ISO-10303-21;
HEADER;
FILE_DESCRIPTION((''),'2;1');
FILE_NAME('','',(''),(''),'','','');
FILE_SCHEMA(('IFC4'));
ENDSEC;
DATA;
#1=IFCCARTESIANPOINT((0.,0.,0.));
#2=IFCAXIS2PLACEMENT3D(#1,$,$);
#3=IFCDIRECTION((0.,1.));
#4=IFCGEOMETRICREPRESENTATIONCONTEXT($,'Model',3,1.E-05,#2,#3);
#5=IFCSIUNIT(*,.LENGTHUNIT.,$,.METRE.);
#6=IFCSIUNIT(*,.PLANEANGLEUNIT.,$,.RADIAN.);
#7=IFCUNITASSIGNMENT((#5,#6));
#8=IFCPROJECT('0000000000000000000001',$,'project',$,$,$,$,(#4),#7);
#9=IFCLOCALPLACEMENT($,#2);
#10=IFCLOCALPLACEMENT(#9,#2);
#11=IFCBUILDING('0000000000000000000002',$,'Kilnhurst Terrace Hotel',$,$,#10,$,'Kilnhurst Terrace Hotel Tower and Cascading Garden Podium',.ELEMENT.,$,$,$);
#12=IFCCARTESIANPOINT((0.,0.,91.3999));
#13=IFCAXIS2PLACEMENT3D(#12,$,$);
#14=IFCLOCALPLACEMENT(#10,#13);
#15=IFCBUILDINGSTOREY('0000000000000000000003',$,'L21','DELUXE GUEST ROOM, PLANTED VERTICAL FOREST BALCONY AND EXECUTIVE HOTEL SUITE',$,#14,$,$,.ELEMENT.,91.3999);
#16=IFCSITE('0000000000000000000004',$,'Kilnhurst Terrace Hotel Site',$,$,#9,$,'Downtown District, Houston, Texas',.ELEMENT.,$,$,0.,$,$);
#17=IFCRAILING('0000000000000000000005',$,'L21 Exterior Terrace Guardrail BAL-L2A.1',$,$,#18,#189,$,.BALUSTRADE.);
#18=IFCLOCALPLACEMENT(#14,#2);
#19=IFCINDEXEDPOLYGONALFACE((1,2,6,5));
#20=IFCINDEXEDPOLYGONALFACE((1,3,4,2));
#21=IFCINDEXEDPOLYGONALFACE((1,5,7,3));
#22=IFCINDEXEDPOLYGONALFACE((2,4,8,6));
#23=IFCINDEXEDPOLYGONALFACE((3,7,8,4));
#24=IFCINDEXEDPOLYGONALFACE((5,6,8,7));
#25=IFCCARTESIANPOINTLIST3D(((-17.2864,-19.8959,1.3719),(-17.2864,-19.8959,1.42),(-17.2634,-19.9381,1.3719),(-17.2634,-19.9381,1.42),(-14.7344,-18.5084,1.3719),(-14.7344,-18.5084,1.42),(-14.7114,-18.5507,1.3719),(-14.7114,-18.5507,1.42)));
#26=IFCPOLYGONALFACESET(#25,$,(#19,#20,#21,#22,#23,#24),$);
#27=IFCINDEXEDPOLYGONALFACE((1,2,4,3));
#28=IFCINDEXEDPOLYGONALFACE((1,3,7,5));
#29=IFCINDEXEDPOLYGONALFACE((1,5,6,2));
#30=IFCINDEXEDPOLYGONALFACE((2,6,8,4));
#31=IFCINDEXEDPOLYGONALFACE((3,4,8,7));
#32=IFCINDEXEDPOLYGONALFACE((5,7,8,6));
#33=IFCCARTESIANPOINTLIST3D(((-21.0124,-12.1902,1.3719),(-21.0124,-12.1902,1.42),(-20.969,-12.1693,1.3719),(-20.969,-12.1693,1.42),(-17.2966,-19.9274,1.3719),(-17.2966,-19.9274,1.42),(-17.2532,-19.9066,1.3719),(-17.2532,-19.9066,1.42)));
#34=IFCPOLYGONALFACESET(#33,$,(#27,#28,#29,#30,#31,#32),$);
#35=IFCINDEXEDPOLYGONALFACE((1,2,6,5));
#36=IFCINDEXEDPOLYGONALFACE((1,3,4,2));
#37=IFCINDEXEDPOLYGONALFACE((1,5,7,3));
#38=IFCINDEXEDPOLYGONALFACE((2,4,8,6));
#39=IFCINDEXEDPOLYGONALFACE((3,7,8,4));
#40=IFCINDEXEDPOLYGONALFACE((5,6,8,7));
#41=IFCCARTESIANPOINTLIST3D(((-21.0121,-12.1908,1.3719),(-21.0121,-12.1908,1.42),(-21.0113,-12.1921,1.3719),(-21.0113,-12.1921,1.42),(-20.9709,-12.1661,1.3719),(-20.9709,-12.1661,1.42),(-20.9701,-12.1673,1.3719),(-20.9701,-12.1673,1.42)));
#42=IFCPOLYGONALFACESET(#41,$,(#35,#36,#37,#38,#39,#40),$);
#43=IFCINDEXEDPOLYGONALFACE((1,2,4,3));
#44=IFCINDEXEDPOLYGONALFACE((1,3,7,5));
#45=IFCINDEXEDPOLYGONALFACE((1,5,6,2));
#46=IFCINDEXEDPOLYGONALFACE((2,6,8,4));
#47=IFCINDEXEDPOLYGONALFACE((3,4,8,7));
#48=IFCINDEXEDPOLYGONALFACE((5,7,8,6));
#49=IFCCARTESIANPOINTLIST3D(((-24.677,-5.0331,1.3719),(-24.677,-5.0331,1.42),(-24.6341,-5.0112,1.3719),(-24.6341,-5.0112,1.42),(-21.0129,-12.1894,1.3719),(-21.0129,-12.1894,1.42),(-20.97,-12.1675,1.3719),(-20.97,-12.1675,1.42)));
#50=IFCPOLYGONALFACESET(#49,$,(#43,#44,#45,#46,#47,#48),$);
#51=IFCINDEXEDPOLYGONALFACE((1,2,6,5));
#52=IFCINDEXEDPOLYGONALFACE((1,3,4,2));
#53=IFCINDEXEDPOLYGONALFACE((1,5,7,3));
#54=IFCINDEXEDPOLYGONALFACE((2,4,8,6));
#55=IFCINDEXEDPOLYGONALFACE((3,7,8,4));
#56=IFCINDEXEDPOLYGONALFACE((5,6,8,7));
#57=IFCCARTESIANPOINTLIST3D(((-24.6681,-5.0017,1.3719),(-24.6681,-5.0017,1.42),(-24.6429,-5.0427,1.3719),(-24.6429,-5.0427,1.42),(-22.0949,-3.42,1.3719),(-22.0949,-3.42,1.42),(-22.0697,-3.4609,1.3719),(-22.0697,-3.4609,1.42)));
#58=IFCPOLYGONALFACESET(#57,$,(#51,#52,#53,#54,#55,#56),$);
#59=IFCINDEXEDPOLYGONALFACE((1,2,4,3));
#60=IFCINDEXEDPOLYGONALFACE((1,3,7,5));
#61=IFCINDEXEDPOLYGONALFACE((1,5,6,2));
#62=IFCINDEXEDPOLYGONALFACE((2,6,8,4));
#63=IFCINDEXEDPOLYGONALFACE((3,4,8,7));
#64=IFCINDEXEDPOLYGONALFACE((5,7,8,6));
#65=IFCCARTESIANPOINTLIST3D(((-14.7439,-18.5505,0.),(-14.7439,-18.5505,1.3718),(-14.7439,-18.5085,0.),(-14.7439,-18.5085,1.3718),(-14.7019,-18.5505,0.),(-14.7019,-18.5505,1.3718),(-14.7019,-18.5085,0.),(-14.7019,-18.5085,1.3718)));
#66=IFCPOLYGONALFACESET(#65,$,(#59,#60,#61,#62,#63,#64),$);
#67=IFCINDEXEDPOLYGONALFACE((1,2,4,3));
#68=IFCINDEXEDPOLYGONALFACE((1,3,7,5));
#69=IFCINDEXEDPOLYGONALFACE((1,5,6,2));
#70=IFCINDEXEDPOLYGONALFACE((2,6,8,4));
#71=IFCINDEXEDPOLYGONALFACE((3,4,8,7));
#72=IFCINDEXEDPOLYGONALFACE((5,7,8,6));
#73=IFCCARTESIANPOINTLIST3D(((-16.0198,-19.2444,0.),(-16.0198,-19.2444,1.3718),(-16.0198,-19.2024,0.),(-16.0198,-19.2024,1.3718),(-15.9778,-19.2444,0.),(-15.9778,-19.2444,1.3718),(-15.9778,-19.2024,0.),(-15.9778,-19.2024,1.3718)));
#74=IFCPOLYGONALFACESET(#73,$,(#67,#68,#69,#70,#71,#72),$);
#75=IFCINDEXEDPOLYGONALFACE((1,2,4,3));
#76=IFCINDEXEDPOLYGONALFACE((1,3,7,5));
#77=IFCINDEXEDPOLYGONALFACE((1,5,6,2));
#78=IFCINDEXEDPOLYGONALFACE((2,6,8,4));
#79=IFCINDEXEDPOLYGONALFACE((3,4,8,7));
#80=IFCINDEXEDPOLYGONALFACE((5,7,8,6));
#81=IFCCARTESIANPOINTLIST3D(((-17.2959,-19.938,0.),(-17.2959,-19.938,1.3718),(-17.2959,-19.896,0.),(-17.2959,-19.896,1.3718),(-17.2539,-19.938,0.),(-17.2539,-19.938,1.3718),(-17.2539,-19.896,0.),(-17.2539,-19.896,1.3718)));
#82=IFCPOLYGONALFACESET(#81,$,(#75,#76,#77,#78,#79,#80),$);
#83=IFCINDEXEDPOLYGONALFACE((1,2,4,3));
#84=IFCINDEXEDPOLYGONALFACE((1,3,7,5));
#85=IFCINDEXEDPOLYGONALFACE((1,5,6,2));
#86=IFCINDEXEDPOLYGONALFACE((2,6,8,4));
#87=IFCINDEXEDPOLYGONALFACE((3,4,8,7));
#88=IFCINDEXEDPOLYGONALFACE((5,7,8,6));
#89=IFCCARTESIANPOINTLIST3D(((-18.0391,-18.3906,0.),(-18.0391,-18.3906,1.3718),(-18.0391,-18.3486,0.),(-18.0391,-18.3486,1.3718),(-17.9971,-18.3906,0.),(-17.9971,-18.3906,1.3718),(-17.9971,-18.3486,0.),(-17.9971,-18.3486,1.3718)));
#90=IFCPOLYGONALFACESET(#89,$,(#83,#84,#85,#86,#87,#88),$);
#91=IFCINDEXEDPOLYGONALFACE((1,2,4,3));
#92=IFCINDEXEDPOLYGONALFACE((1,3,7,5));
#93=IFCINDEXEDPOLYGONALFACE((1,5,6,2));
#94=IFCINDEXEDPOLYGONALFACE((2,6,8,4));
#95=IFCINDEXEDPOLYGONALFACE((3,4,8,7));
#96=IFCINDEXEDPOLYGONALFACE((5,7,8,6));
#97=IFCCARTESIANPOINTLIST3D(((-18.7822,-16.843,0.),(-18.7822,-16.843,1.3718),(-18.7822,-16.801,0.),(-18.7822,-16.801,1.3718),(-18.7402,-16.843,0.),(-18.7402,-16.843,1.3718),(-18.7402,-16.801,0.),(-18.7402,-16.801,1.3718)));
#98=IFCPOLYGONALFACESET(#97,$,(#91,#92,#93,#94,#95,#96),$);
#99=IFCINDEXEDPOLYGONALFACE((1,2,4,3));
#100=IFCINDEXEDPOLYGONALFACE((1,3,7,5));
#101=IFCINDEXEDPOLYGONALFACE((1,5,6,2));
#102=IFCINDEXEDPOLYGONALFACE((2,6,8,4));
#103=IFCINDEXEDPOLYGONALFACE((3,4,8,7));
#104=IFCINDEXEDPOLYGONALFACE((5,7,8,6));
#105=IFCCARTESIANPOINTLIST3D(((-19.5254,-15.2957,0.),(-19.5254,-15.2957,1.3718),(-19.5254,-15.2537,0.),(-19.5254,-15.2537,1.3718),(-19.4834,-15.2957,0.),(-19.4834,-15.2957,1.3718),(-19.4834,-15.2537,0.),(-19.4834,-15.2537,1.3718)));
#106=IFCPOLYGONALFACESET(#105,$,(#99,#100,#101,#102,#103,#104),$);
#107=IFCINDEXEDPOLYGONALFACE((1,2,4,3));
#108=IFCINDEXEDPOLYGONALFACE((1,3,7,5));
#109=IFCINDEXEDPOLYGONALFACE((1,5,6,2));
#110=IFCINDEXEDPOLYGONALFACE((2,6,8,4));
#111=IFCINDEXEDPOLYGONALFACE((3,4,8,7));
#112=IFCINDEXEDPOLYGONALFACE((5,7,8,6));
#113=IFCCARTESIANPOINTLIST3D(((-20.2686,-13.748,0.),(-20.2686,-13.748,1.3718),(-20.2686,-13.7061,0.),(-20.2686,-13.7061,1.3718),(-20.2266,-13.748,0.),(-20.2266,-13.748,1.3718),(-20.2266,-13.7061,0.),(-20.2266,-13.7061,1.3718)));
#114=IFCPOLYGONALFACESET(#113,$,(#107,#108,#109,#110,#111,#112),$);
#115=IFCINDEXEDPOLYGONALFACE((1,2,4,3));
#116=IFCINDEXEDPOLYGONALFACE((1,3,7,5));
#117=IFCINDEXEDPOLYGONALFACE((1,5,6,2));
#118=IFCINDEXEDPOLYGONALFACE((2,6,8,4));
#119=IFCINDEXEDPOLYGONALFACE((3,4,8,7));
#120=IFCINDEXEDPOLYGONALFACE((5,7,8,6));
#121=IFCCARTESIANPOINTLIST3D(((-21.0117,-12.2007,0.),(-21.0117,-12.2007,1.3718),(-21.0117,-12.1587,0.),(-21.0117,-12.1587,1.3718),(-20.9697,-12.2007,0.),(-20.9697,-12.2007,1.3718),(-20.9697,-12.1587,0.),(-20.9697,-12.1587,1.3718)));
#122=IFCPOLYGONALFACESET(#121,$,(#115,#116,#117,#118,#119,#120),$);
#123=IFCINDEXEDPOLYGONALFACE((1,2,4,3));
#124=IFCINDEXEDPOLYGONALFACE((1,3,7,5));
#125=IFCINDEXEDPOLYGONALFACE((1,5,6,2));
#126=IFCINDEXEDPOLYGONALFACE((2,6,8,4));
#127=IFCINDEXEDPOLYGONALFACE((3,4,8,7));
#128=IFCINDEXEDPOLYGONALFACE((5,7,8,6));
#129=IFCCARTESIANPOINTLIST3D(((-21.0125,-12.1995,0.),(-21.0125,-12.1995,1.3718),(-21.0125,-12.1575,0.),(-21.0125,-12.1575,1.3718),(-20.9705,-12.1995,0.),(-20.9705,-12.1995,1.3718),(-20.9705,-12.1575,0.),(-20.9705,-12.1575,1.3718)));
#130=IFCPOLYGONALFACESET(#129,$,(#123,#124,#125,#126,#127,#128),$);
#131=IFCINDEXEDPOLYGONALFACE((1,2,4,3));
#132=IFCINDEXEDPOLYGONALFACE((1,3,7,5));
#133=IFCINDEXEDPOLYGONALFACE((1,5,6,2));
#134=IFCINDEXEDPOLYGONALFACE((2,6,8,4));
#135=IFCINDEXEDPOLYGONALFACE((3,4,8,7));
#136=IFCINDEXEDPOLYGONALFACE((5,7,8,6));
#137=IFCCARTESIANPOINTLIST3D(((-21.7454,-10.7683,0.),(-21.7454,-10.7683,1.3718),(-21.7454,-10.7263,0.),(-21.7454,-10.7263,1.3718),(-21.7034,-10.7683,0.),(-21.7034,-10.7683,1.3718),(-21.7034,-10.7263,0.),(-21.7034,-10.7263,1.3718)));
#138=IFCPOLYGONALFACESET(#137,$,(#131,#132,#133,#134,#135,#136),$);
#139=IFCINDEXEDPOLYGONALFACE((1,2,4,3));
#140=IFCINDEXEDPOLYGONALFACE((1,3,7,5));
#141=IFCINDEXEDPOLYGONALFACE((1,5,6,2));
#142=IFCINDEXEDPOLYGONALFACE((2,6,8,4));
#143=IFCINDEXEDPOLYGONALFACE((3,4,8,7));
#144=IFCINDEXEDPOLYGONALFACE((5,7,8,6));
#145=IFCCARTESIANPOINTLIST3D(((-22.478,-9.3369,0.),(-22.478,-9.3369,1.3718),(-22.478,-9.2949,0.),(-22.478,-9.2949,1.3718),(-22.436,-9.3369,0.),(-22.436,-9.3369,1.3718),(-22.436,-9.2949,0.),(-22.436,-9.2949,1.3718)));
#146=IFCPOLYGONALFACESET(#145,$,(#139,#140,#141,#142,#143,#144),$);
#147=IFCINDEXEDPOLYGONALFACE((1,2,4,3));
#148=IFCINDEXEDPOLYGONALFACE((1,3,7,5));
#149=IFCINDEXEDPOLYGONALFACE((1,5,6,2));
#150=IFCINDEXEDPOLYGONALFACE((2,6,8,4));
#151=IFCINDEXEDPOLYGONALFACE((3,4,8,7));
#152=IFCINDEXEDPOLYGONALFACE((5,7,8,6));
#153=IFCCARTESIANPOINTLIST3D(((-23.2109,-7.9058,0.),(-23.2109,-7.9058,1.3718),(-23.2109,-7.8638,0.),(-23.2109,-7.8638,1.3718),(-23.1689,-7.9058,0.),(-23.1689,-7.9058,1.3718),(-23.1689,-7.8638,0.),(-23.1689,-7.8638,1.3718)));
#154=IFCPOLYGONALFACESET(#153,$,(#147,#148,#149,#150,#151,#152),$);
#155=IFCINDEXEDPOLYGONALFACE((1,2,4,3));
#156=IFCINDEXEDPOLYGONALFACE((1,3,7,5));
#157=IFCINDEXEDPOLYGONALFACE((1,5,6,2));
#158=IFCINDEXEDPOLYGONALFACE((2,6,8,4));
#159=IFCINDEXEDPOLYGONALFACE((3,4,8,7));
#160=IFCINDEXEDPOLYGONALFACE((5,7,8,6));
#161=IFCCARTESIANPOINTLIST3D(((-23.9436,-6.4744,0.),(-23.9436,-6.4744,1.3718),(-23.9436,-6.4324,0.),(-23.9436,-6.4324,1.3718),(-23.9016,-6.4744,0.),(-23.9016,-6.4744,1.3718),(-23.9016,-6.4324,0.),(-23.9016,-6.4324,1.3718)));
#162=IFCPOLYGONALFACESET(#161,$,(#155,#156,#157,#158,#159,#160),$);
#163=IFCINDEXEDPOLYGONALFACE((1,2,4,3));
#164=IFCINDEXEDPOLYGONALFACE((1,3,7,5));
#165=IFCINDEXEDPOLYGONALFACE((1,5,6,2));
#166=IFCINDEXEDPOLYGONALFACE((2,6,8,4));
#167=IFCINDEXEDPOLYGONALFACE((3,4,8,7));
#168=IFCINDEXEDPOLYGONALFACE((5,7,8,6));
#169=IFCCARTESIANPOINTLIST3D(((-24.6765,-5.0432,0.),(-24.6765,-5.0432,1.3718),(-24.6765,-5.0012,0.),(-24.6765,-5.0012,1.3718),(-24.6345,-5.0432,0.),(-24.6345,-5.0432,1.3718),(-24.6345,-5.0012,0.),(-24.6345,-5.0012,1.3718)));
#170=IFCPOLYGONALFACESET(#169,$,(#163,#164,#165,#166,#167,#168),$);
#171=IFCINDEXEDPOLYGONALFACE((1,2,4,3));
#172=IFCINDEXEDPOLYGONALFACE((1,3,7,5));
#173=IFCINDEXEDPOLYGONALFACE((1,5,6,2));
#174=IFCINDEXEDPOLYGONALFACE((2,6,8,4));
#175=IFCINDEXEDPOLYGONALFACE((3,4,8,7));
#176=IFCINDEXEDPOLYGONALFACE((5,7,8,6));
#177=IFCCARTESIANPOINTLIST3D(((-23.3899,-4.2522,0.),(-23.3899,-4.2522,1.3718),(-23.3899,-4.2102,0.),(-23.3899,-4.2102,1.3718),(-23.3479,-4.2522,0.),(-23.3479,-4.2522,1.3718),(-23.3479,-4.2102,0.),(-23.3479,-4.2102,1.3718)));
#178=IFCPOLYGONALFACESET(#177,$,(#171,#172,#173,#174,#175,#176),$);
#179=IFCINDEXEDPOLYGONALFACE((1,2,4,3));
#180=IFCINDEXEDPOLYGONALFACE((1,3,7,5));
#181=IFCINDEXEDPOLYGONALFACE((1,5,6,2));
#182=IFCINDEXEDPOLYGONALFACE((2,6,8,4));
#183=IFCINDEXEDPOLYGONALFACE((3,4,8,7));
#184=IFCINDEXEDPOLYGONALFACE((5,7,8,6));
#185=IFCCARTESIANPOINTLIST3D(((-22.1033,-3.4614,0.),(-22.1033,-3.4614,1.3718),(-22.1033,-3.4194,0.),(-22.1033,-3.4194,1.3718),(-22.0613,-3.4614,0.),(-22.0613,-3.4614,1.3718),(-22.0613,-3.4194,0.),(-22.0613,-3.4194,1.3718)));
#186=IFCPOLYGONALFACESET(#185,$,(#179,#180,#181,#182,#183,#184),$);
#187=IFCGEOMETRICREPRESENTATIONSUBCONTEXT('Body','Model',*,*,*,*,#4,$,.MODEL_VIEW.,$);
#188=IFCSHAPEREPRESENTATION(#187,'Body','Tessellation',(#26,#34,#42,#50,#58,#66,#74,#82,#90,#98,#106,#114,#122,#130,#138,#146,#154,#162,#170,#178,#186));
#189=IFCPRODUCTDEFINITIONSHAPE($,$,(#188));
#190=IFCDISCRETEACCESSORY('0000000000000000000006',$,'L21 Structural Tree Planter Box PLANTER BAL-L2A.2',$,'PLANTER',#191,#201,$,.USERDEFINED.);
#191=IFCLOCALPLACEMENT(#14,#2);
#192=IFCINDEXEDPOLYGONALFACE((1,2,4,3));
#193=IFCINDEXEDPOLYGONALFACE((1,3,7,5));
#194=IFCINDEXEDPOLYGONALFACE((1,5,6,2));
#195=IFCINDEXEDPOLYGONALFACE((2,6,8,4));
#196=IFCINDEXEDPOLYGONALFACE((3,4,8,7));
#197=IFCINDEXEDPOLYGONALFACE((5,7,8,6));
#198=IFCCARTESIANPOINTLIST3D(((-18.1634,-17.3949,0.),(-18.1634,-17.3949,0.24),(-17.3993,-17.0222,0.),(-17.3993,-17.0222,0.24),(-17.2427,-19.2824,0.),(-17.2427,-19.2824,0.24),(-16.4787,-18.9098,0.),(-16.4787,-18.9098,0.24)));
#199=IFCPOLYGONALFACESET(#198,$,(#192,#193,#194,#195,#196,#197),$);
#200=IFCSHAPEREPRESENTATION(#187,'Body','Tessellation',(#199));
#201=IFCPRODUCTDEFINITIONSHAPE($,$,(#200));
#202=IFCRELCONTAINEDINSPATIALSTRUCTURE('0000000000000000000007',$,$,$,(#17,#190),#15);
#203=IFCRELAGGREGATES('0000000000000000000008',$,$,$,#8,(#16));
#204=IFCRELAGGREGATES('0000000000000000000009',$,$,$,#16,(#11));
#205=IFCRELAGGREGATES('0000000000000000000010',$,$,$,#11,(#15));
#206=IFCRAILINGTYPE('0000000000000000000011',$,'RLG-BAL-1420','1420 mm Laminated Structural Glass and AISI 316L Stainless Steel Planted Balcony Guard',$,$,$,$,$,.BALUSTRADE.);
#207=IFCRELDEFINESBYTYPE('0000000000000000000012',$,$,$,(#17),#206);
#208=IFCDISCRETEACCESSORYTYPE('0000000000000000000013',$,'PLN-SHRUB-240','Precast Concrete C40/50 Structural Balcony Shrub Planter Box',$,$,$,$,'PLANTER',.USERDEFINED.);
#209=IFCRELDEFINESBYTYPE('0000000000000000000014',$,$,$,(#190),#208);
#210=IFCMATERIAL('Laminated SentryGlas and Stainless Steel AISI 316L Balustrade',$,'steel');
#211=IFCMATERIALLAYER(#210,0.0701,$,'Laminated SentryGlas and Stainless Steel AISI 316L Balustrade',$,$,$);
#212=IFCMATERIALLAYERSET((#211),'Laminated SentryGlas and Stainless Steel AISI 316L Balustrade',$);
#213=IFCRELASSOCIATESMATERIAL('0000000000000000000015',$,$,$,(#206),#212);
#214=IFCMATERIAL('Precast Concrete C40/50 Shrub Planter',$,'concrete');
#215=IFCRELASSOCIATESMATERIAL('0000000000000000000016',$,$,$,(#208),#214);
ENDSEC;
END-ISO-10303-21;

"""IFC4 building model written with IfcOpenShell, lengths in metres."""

from ifc_helpers import new_model, si_unit, direction, frame, origin, origin_2d, place, context, subcontext, project, spatial, rectangle, extrude, material, layer, layer_set, type_object, element, save


model = new_model("IFC4")

# Units and contexts
model_context = context("Model", 3, precision=1e-05, world=origin(), true_north=direction((0.0, 1.0)))
body_context = subcontext(model_context, "Body", "Model", "MODEL_VIEW")
ifc_project = project(units=[si_unit("LENGTHUNIT", "METRE"), si_unit("PLANEANGLEUNIT", "RADIAN")], contexts=[model_context])

# Site, building, storey
site_placement = place(None, origin())
site = spatial("IfcSite", under=ifc_project, at=site_placement, Name="Kilnhurst Terrace Hotel Site", LongName="Downtown District, Houston, Texas", CompositionType="ELEMENT", RefElevation=0.0)
building_placement = place(site_placement, origin())
building = spatial("IfcBuilding", under=site, at=building_placement, Name="Kilnhurst Terrace Hotel", LongName="Kilnhurst Terrace Hotel Tower and Cascading Garden Podium", CompositionType="ELEMENT")
storey_placement = place(building_placement, frame((0.0, 0.0, 91.3999)))
storey = spatial("IfcBuildingStorey", under=building, at=storey_placement, Name="L21", Description="DELUXE GUEST ROOM, PLANTED VERTICAL FOREST BALCONY AND EXECUTIVE HOTEL SUITE", CompositionType="ELEMENT", Elevation=91.3999)

# Railing
ifc_material_1 = material(Name="Laminated SentryGlas and Stainless Steel AISI 316L Balustrade", Category="steel")
ifc_layer_1 = layer(ifc_material_1, 0.0701, Name="Laminated SentryGlas and Stainless Steel AISI 316L Balustrade")
ifc_layer_set_1 = layer_set([ifc_layer_1], Name="Laminated SentryGlas and Stainless Steel AISI 316L Balustrade")
railing_type = type_object("IfcRailingType", Name="RLG-BAL-1420", Description="1420 mm Laminated Structural Glass and AISI 316L Stainless Steel Planted Balcony Guard", PredefinedType="BALUSTRADE", material=ifc_layer_set_1)
railing_placement = place(storey_placement, frame((-14.7229, -18.5295, 0.0)))
element("IfcRailing", 1, at=railing_placement, inside=storey, type_object=railing_type, Name="L21 Exterior Terrace Guardrail BAL-L2A.1", PredefinedType="BALUSTRADE", context=body_context, shape_type="SweptSolid", body=[
    extrude(rectangle(XDim=0.0481, YDim=0.0481, at=origin_2d()), frame((0.0, 0.0, 1.396), z_axis=(-0.878553, -0.477644, 0.0), x_axis=(0.477644, -0.878553, 0.0)), (0.0, 0.0, 1.0), 2.9048),
    extrude(rectangle(XDim=0.0481, YDim=0.0481, at=origin_2d()), frame((-2.552, -1.3875, 1.396), z_axis=(-0.432912, 0.901436, 0.0), x_axis=(-0.901436, -0.432912, 0.0)), (0.0, 0.0, 1.0), 8.5833),
    extrude(rectangle(XDim=0.0481, YDim=0.0481, at=origin_2d()), frame((-6.2678, 6.3499, 1.396), z_axis=(-0.514496, 0.857493, 0.0), x_axis=(-0.857493, -0.514496, 0.0)), (0.0, 0.0, 1.0), 0.0015),
    extrude(rectangle(XDim=0.0481, YDim=0.0481, at=origin_2d()), frame((-6.2686, 6.3511, 1.396), z_axis=(-0.455744, 0.890111, 0.0), x_axis=(-0.890111, -0.455744, 0.0)), (0.0, 0.0, 1.0), 8.0398),
    extrude(rectangle(XDim=0.0481, YDim=0.0481, at=origin_2d()), frame((-9.9326, 13.5073, 1.396), z_axis=(0.851916, 0.523678, 0.0), x_axis=(-0.523678, 0.851916, 0.0)), (0.0, 0.0, 1.0), 3.0205),
    extrude(rectangle(XDim=0.042, YDim=0.042, at=origin_2d()), origin(), (0.0, 0.0, 1.0), 1.3718),
    extrude(rectangle(XDim=0.042, YDim=0.042, at=origin_2d()), frame((-1.2759, -0.6938, 0.0)), (0.0, 0.0, 1.0), 1.3718),
    extrude(rectangle(XDim=0.042, YDim=0.042, at=origin_2d()), frame((-2.552, -1.3875, 0.0)), (0.0, 0.0, 1.0), 1.3718),
    extrude(rectangle(XDim=0.042, YDim=0.042, at=origin_2d()), frame((-3.2952, 0.1599, 0.0)), (0.0, 0.0, 1.0), 1.3718),
    extrude(rectangle(XDim=0.042, YDim=0.042, at=origin_2d()), frame((-4.0383, 1.7075, 0.0)), (0.0, 0.0, 1.0), 1.3718),
    extrude(rectangle(XDim=0.042, YDim=0.042, at=origin_2d()), frame((-4.7815, 3.2549, 0.0)), (0.0, 0.0, 1.0), 1.3718),
    extrude(rectangle(XDim=0.042, YDim=0.042, at=origin_2d()), frame((-5.5247, 4.8025, 0.0)), (0.0, 0.0, 1.0), 1.3718),
    extrude(rectangle(XDim=0.042, YDim=0.042, at=origin_2d()), frame((-6.2678, 6.3499, 0.0)), (0.0, 0.0, 1.0), 1.3718),
    extrude(rectangle(XDim=0.042, YDim=0.042, at=origin_2d()), frame((-6.2686, 6.3511, 0.0)), (0.0, 0.0, 1.0), 1.3718),
    extrude(rectangle(XDim=0.042, YDim=0.042, at=origin_2d()), frame((-7.0015, 7.7822, 0.0)), (0.0, 0.0, 1.0), 1.3718),
    extrude(rectangle(XDim=0.042, YDim=0.042, at=origin_2d()), frame((-7.7341, 9.2136, 0.0)), (0.0, 0.0, 1.0), 1.3718),
    extrude(rectangle(XDim=0.042, YDim=0.042, at=origin_2d()), frame((-8.467, 10.6448, 0.0)), (0.0, 0.0, 1.0), 1.3718),
    extrude(rectangle(XDim=0.042, YDim=0.042, at=origin_2d()), frame((-9.1997, 12.0762, 0.0)), (0.0, 0.0, 1.0), 1.3718),
    extrude(rectangle(XDim=0.042, YDim=0.042, at=origin_2d()), frame((-9.9326, 13.5073, 0.0)), (0.0, 0.0, 1.0), 1.3718),
    extrude(rectangle(XDim=0.042, YDim=0.042, at=origin_2d()), frame((-8.646, 14.2983, 0.0)), (0.0, 0.0, 1.0), 1.3718),
    extrude(rectangle(XDim=0.042, YDim=0.042, at=origin_2d()), frame((-7.3594, 15.0891, 0.0)), (0.0, 0.0, 1.0), 1.3718),
])

# Discrete accessory
ifc_material_2 = material(Name="Precast Concrete C40/50 Shrub Planter", Category="concrete")
discrete_accessory_type = type_object("IfcDiscreteAccessoryType", Name="PLN-SHRUB-240", Description="Precast Concrete C40/50 Structural Balcony Shrub Planter Box", ElementType="PLANTER", PredefinedType="USERDEFINED", material=ifc_material_2)
discrete_accessory_placement = place(storey_placement, frame((-17.321, -18.1523, 0.0), z_axis=(0.0, 0.0, 1.0), x_axis=(0.438387, -0.898786, 0.0)))
element("IfcDiscreteAccessory", 2, at=discrete_accessory_placement, inside=storey, type_object=discrete_accessory_type, Name="L21 Structural Tree Planter Box PLANTER BAL-L2A.2", ObjectType="PLANTER", PredefinedType="USERDEFINED", context=body_context, shape_type="SweptSolid", body=[
    extrude(rectangle(XDim=2.1001, YDim=0.8501, at=origin_2d()), origin(), (0.0, 0.0, 1.0), 0.24),
])

save(model, "model.ifc")
